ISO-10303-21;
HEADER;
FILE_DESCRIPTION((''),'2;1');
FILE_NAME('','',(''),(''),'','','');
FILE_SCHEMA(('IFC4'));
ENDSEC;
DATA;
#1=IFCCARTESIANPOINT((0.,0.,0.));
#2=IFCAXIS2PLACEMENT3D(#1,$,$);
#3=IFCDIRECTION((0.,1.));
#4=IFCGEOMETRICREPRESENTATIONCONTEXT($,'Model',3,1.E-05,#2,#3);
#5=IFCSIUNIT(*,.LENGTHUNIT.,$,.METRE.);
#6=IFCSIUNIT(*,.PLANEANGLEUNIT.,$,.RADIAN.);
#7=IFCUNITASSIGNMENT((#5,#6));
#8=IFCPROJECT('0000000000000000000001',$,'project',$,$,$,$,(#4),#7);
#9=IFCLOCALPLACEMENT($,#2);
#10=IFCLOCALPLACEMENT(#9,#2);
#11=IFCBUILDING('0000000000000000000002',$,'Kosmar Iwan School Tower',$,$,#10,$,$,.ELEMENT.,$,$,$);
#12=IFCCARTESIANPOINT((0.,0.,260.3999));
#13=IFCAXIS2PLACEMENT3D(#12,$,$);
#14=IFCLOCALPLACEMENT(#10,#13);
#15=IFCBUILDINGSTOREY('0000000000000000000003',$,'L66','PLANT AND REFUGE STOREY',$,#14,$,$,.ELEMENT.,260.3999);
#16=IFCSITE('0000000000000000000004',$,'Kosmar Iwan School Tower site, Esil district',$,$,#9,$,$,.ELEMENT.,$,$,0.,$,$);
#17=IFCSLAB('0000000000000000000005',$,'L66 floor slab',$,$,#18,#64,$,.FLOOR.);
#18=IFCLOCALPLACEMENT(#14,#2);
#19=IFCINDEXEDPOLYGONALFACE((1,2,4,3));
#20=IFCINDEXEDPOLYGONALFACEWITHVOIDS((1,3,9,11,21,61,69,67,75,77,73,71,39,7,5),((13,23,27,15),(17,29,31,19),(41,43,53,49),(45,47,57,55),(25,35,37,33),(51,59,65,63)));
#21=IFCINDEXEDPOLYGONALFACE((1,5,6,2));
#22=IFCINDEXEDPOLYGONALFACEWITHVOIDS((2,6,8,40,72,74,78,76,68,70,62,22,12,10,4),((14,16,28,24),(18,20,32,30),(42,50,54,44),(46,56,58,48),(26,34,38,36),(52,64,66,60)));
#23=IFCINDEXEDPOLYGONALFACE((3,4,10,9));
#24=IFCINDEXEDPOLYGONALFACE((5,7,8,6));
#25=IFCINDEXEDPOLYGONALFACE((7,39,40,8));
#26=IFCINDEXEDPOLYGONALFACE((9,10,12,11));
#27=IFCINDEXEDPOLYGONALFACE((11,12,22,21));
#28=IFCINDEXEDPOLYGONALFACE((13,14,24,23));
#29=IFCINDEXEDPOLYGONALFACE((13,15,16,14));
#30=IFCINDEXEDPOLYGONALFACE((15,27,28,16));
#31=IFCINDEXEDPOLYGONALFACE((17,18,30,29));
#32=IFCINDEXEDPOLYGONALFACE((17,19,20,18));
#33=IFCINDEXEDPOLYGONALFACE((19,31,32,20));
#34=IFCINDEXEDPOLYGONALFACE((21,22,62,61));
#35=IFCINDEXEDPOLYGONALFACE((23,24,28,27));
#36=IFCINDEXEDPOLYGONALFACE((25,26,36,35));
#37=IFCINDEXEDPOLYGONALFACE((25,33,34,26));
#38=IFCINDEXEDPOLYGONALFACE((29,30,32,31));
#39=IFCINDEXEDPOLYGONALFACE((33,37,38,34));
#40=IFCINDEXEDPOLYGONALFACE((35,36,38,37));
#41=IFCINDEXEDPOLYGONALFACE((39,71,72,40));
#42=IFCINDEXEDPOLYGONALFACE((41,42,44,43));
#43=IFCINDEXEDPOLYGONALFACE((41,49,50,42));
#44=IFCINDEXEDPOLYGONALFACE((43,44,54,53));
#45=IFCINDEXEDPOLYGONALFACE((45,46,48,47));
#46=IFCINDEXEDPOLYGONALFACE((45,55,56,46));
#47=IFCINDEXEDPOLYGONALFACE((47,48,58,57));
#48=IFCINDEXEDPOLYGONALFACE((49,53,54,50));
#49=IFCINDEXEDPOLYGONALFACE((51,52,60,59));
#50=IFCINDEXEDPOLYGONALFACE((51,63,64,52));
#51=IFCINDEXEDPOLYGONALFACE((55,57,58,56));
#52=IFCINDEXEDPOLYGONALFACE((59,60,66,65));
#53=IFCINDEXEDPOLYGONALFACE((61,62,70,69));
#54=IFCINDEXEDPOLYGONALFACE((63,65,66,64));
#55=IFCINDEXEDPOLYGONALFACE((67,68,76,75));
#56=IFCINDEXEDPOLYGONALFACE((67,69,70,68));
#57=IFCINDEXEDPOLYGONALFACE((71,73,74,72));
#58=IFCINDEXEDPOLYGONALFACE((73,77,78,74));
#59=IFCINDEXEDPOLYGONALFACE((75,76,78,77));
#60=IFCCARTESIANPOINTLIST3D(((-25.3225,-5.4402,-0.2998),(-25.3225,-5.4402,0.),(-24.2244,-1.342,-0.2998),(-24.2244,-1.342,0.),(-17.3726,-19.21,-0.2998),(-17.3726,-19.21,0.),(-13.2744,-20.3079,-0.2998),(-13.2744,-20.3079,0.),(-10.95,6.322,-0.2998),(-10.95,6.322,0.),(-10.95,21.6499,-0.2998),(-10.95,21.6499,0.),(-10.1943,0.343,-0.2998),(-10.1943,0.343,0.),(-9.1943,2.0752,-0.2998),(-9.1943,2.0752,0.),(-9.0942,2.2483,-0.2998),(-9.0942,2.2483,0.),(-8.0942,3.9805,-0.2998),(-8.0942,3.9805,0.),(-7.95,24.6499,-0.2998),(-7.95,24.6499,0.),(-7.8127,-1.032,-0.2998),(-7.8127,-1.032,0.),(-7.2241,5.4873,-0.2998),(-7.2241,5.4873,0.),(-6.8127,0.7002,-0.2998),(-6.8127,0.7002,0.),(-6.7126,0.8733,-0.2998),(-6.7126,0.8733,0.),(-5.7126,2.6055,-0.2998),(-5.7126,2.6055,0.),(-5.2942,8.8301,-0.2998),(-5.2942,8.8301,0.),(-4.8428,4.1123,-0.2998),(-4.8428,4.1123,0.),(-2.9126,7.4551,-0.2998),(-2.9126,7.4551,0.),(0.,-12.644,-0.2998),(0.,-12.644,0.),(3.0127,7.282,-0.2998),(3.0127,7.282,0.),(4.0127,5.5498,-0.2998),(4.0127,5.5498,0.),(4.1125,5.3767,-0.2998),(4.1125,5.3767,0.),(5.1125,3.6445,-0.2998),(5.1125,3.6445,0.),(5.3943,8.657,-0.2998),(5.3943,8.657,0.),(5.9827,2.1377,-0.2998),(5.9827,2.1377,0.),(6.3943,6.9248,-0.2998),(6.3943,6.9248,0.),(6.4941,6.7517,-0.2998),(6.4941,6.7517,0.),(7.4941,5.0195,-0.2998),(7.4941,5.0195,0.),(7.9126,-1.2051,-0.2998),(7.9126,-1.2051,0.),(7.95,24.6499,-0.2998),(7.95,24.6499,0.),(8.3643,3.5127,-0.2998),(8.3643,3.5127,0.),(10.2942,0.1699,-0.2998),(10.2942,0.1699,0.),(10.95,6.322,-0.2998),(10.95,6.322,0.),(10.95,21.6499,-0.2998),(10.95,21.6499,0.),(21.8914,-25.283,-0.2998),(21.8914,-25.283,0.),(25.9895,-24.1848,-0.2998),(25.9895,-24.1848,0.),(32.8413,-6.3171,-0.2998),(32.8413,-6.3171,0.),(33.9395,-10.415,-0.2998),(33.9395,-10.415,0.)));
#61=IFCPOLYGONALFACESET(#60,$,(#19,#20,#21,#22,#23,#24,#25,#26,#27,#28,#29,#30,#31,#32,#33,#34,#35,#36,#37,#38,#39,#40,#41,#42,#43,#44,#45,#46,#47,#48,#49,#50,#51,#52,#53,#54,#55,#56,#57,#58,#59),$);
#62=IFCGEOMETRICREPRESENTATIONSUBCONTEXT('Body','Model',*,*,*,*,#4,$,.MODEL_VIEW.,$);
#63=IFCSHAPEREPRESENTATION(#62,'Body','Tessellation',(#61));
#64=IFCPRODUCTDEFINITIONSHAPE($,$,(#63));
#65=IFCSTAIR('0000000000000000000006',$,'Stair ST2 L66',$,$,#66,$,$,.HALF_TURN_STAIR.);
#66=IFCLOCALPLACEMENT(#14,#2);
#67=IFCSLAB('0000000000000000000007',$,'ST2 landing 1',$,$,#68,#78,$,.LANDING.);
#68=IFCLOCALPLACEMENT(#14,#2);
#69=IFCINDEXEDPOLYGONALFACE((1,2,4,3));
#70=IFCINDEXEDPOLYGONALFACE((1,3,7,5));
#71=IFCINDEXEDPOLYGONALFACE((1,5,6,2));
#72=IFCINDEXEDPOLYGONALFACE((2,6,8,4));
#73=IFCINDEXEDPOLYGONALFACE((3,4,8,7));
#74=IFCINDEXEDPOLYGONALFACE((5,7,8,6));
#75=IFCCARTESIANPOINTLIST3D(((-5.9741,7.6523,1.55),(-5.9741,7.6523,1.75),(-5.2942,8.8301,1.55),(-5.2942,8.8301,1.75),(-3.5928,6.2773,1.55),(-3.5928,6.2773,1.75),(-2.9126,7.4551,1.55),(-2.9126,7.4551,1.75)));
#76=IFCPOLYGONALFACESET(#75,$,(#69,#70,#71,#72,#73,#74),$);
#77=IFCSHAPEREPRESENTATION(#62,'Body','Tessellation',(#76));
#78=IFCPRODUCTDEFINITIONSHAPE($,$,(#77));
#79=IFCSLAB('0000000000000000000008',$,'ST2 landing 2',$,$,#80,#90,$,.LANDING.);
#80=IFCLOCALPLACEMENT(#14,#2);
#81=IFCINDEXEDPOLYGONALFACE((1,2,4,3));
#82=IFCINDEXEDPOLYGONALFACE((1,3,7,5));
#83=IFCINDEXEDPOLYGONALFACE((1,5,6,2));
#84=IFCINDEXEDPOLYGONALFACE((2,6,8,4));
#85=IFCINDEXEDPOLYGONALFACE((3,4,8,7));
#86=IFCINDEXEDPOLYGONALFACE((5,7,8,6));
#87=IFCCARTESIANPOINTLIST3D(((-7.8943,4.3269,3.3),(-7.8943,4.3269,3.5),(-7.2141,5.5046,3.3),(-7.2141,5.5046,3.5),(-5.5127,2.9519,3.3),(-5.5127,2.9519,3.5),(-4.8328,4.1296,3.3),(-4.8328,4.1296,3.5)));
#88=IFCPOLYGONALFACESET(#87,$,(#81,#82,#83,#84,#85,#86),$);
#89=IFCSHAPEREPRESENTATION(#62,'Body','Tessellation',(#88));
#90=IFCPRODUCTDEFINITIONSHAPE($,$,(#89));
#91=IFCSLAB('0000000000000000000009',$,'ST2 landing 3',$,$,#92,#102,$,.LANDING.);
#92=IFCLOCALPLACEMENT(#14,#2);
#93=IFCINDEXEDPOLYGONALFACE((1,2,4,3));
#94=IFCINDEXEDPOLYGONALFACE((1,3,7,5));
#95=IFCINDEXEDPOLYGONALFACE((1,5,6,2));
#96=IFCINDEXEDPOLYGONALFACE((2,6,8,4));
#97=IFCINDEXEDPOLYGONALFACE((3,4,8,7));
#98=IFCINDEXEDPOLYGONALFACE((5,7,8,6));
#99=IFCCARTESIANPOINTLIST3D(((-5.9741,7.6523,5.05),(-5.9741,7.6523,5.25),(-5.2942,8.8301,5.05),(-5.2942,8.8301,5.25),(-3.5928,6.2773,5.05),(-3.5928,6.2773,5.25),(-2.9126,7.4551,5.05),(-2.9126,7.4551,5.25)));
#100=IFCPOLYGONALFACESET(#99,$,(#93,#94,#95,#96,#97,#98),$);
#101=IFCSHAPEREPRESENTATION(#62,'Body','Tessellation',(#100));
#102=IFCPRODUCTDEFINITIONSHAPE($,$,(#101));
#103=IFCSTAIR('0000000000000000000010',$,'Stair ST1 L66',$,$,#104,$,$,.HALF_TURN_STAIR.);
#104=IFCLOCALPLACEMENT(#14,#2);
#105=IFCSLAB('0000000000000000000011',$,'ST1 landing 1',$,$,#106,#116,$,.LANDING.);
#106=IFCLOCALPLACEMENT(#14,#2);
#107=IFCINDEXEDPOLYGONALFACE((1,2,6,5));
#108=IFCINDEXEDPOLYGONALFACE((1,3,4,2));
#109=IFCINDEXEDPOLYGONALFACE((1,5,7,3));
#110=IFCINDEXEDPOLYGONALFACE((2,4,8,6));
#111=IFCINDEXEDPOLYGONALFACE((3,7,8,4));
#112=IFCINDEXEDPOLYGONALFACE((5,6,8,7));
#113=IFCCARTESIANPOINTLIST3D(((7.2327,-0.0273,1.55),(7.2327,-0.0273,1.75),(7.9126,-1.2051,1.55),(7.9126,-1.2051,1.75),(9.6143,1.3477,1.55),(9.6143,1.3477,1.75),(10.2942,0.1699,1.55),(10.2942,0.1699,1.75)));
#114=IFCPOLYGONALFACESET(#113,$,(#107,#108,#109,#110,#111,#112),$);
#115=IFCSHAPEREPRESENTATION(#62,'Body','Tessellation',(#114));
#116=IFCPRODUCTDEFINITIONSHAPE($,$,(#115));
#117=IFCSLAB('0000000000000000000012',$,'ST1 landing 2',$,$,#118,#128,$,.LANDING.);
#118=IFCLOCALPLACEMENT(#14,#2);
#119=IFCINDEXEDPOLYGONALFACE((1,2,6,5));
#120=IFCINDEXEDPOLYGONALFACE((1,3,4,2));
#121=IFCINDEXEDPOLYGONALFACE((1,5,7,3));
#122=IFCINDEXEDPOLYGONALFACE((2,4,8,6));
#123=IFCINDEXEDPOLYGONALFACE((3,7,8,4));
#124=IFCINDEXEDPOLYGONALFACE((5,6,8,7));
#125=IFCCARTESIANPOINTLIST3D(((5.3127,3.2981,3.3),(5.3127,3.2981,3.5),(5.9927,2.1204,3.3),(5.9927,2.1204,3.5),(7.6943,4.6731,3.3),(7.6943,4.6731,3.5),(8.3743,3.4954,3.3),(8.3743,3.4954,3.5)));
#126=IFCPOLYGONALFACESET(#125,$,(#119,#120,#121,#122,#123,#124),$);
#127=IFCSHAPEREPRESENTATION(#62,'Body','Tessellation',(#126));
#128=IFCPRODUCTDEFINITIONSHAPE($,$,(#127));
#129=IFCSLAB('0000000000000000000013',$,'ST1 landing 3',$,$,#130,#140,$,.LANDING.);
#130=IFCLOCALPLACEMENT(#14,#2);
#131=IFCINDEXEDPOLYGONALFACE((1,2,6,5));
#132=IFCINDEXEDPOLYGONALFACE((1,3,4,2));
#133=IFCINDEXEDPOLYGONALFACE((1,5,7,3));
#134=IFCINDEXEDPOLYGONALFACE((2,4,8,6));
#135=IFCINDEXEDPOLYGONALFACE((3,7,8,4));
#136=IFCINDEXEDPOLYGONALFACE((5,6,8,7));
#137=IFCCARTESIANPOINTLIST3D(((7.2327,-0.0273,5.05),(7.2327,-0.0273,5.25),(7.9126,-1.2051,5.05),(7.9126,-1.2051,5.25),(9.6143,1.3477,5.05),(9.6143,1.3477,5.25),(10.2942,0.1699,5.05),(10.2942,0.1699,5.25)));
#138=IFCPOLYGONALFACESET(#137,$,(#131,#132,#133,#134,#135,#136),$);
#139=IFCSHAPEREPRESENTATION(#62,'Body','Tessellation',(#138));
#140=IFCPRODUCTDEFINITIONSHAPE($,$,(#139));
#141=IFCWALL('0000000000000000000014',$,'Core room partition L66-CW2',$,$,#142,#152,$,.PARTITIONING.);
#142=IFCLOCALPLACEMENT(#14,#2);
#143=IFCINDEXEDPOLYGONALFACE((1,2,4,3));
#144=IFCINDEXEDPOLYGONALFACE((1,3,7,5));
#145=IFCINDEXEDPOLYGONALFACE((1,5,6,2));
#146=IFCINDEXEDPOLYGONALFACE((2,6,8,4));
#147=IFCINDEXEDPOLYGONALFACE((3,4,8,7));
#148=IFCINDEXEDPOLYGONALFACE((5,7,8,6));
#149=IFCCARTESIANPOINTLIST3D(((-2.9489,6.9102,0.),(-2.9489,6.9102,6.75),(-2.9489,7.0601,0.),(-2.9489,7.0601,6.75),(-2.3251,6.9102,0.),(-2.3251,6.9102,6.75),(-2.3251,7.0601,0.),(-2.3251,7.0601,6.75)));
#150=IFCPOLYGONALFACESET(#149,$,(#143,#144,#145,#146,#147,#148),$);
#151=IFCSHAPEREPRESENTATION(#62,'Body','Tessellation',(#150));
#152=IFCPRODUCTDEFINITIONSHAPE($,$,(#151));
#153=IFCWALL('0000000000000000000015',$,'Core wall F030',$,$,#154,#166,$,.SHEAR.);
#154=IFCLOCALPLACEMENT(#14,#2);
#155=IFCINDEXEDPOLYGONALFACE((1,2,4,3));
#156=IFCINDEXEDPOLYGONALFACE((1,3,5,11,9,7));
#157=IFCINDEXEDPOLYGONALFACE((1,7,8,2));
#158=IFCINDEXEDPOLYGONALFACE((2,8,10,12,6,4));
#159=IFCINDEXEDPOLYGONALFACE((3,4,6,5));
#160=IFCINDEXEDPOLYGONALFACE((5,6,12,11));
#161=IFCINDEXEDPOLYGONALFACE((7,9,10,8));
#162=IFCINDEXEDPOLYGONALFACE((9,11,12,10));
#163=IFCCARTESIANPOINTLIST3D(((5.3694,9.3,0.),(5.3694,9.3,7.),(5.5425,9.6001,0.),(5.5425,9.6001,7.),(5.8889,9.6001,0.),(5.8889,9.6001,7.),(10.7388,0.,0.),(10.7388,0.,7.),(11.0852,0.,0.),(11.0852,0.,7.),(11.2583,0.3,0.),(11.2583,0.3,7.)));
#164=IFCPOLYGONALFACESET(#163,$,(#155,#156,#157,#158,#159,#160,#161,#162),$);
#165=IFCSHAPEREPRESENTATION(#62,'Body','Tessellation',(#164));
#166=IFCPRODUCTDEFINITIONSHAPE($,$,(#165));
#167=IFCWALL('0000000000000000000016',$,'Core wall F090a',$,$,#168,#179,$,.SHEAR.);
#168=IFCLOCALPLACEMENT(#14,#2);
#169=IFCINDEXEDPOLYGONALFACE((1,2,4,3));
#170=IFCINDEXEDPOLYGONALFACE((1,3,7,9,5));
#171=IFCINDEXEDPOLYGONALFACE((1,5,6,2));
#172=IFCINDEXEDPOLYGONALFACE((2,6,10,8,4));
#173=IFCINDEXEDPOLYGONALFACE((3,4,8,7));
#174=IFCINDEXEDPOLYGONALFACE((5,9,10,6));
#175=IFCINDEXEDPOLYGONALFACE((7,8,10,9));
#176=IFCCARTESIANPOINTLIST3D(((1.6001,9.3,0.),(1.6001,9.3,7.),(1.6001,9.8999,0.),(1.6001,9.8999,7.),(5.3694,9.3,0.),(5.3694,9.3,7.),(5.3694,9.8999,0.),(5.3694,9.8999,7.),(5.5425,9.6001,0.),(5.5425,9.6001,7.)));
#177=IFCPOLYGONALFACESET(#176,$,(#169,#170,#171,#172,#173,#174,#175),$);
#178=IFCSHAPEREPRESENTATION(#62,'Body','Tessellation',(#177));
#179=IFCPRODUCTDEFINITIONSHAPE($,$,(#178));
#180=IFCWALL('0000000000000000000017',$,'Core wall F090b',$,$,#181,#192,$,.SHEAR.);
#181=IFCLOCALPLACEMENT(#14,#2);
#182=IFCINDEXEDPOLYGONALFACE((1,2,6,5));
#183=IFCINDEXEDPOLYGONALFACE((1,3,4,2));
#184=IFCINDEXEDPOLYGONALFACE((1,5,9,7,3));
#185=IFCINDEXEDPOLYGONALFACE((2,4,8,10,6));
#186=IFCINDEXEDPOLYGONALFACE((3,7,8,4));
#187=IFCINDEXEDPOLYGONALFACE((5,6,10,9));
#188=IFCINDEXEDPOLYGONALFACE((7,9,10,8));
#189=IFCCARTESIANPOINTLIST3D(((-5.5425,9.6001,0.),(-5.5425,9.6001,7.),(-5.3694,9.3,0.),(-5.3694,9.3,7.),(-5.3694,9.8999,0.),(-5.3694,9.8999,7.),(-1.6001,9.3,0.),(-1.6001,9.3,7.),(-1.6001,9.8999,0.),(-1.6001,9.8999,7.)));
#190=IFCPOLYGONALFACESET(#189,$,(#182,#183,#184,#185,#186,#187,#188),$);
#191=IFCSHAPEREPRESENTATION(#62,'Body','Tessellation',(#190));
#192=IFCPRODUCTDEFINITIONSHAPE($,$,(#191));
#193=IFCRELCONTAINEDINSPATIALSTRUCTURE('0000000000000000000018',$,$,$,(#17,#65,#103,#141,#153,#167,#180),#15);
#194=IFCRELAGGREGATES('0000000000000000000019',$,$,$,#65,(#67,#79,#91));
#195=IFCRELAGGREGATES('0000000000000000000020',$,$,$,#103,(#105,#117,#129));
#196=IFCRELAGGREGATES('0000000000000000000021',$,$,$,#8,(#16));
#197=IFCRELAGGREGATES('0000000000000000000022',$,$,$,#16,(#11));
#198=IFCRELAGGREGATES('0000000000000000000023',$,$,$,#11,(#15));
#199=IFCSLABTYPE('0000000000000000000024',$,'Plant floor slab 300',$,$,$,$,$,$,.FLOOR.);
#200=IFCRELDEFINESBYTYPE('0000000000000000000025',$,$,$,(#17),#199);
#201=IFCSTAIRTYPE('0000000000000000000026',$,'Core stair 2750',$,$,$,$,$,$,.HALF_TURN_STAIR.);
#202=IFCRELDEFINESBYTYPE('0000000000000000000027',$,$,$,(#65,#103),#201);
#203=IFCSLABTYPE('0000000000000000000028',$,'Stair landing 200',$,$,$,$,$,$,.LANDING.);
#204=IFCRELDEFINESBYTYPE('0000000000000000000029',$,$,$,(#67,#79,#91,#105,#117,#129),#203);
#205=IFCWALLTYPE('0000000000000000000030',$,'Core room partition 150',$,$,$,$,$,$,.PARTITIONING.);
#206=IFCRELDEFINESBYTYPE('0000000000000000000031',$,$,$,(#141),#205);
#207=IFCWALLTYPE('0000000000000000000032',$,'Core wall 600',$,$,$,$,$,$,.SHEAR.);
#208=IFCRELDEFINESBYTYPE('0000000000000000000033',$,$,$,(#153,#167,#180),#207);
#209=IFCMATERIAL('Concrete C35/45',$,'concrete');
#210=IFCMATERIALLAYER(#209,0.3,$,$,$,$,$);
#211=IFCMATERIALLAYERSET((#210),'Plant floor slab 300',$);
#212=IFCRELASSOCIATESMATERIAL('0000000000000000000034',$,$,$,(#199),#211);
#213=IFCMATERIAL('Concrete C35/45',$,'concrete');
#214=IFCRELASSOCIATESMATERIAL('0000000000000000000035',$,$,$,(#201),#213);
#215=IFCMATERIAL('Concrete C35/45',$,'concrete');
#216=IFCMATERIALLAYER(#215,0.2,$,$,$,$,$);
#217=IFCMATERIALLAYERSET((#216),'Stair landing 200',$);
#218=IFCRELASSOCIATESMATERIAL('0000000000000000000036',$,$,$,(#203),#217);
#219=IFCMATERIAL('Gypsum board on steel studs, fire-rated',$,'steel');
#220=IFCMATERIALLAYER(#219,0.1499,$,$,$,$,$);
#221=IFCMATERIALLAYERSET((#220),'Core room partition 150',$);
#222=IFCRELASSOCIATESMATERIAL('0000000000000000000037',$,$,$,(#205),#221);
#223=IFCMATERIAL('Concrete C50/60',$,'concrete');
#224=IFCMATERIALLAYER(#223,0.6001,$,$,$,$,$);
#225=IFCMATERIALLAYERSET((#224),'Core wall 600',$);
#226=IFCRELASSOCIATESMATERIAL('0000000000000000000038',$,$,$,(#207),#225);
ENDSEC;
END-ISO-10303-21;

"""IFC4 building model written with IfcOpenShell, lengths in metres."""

from ifc_helpers import new_model, si_unit, direction, frame, frame_2d, origin, place, context, subcontext, project, spatial, polyline, rectangle, outline, extrude, material, layer, layer_set, type_object, element, aggregate, save


model = new_model("IFC4")

# Units and contexts
model_context = context("Model", 3, precision=1e-05, world=origin(), true_north=direction((0.0, 1.0)))
body_context = subcontext(model_context, "Body", "Model", "MODEL_VIEW")
ifc_project = project(units=[si_unit("LENGTHUNIT", "METRE"), si_unit("PLANEANGLEUNIT", "RADIAN")], contexts=[model_context])

# Site, building, storey
site_placement = place(None, origin())
site = spatial("IfcSite", under=ifc_project, at=site_placement, Name="Kosmar Iwan School Tower site, Esil district", CompositionType="ELEMENT", RefElevation=0.0)
building_placement = place(site_placement, origin())
building = spatial("IfcBuilding", under=site, at=building_placement, Name="Kosmar Iwan School Tower", CompositionType="ELEMENT")
storey_placement = place(building_placement, frame((0.0, 0.0, 260.3999)))
storey = spatial("IfcBuildingStorey", under=building, at=storey_placement, Name="L66", Description="PLANT AND REFUGE STOREY", CompositionType="ELEMENT", Elevation=260.3999)

# Slab
ifc_material_1 = material(Name="Concrete C35/45", Category="concrete")
ifc_layer_1 = layer(ifc_material_1, 0.3)
ifc_layer_set_1 = layer_set([ifc_layer_1], Name="Plant floor slab 300")
slab_type_1 = type_object("IfcSlabType", Name="Plant floor slab 300", PredefinedType="FLOOR", material=ifc_layer_set_1)
slab_1_placement = place(storey_placement, frame((0.0, 0.0, -0.2998)))
element("IfcSlab", 1, at=slab_1_placement, inside=storey, type_object=slab_type_1, Name="L66 floor slab", PredefinedType="FLOOR", context=body_context, shape_type="SweptSolid", body=[
    extrude(outline(polyline([(21.8914, -25.283), (25.9895, -24.1848), (33.9395, -10.415), (32.8413, -6.3171), (10.95, 6.322), (10.95, 21.6499), (7.95, 24.6499), (-7.95, 24.6499), (-10.95, 21.6499), (-10.95, 6.322), (-24.2244, -1.342), (-25.3225, -5.4402), (-17.3726, -19.21), (-13.2744, -20.3079), (0.0, -12.644), (21.8914, -25.283)]), holes=[polyline([(7.9126, -1.2051), (10.2942, 0.1699), (8.3643, 3.5127), (5.9827, 2.1377), (7.9126, -1.2051)]), polyline([(-2.9126, 7.4551), (-5.2942, 8.8301), (-7.2241, 5.4873), (-4.8428, 4.1123), (-2.9126, 7.4551)]), polyline([(-5.7126, 2.6055), (-8.0942, 3.9805), (-9.0942, 2.2483), (-6.7126, 0.8733), (-5.7126, 2.6055)]), polyline([(-6.8127, 0.7002), (-9.1943, 2.0752), (-10.1943, 0.343), (-7.8127, -1.032), (-6.8127, 0.7002)]), polyline([(5.1125, 3.6445), (7.4941, 5.0195), (6.4941, 6.7517), (4.1125, 5.3767), (5.1125, 3.6445)]), polyline([(4.0127, 5.5498), (6.3943, 6.9248), (5.3943, 8.657), (3.0127, 7.282), (4.0127, 5.5498)])]), origin(), (0.0, 0.0, 1.0), 0.2998),
])

# Stairs, slabs
ifc_material_2 = material(Name="Concrete C35/45", Category="concrete")
stair_type = type_object("IfcStairType", Name="Core stair 2750", PredefinedType="HALF_TURN_STAIR", material=ifc_material_2)
stair_1_placement = place(storey_placement, origin())
stair_1 = element("IfcStair", 2, at=stair_1_placement, inside=storey, type_object=stair_type, Name="Stair ST2 L66", PredefinedType="HALF_TURN_STAIR")
ifc_material_3 = material(Name="Concrete C35/45", Category="concrete")
ifc_layer_2 = layer(ifc_material_3, 0.2)
ifc_layer_set_2 = layer_set([ifc_layer_2], Name="Stair landing 200")
slab_type_2 = type_object("IfcSlabType", Name="Stair landing 200", PredefinedType="LANDING", material=ifc_layer_set_2)
slab_2_placement = place(storey_placement, frame((0.0, 0.0, 1.55)))
slab_2 = element("IfcSlab", 3, at=slab_2_placement, type_object=slab_type_2, Name="ST2 landing 1", PredefinedType="LANDING", context=body_context, shape_type="SweptSolid", body=[
    extrude(outline(polyline([(-2.9126, 7.4551), (-5.2942, 8.8301), (-5.9741, 7.6523), (-3.5928, 6.2773), (-2.9126, 7.4551)])), origin(), (0.0, 0.0, 1.0), 0.2),
])
slab_3_placement = place(storey_placement, frame((0.0, 0.0, 3.3)))
slab_3 = element("IfcSlab", 4, at=slab_3_placement, type_object=slab_type_2, Name="ST2 landing 2", PredefinedType="LANDING", context=body_context, shape_type="SweptSolid", body=[
    extrude(outline(polyline([(-4.8328, 4.1296), (-7.2141, 5.5046), (-7.8943, 4.3269), (-5.5127, 2.9519), (-4.8328, 4.1296)])), origin(), (0.0, 0.0, 1.0), 0.2),
])
slab_4_placement = place(storey_placement, frame((0.0, 0.0, 5.05)))
slab_4 = element("IfcSlab", 5, at=slab_4_placement, type_object=slab_type_2, Name="ST2 landing 3", PredefinedType="LANDING", context=body_context, shape_type="SweptSolid", body=[
    extrude(outline(polyline([(-2.9126, 7.4551), (-5.2942, 8.8301), (-5.9741, 7.6523), (-3.5928, 6.2773), (-2.9126, 7.4551)])), origin(), (0.0, 0.0, 1.0), 0.2),
])
aggregate(stair_1, [slab_2, slab_3, slab_4])
stair_2_placement = place(storey_placement, origin())
stair_2 = element("IfcStair", 6, at=stair_2_placement, inside=storey, type_object=stair_type, Name="Stair ST1 L66", PredefinedType="HALF_TURN_STAIR")
slab_5_placement = place(storey_placement, frame((0.0, 0.0, 1.55)))
slab_5 = element("IfcSlab", 7, at=slab_5_placement, type_object=slab_type_2, Name="ST1 landing 1", PredefinedType="LANDING", context=body_context, shape_type="SweptSolid", body=[
    extrude(outline(polyline([(7.9126, -1.2051), (10.2942, 0.1699), (9.6143, 1.3477), (7.2327, -0.0273), (7.9126, -1.2051)])), origin(), (0.0, 0.0, 1.0), 0.2),
])
slab_6_placement = place(storey_placement, frame((0.0, 0.0, 3.3)))
slab_6 = element("IfcSlab", 8, at=slab_6_placement, type_object=slab_type_2, Name="ST1 landing 2", PredefinedType="LANDING", context=body_context, shape_type="SweptSolid", body=[
    extrude(outline(polyline([(5.9927, 2.1204), (8.3743, 3.4954), (7.6943, 4.6731), (5.3127, 3.2981), (5.9927, 2.1204)])), origin(), (0.0, 0.0, 1.0), 0.2),
])
slab_7_placement = place(storey_placement, frame((0.0, 0.0, 5.05)))
slab_7 = element("IfcSlab", 9, at=slab_7_placement, type_object=slab_type_2, Name="ST1 landing 3", PredefinedType="LANDING", context=body_context, shape_type="SweptSolid", body=[
    extrude(outline(polyline([(7.9126, -1.2051), (10.2942, 0.1699), (9.6143, 1.3477), (7.2327, -0.0273), (7.9126, -1.2051)])), origin(), (0.0, 0.0, 1.0), 0.2),
])
aggregate(stair_2, [slab_5, slab_6, slab_7])

# Walls
ifc_material_4 = material(Name="Gypsum board on steel studs, fire-rated", Category="steel")
ifc_layer_3 = layer(ifc_material_4, 0.1499)
ifc_layer_set_3 = layer_set([ifc_layer_3], Name="Core room partition 150")
wall_type_1 = type_object("IfcWallType", Name="Core room partition 150", PredefinedType="PARTITIONING", material=ifc_layer_set_3)
wall_1_placement = place(storey_placement, frame((-2.325, 6.9851, 0.0), z_axis=(0.0, 0.0, 1.0), x_axis=(-1.0, 0.0, 0.0)))
element("IfcWall", 10, at=wall_1_placement, inside=storey, type_object=wall_type_1, Name="Core room partition L66-CW2", PredefinedType="PARTITIONING", context=body_context, shape_type="SweptSolid", body=[
    extrude(rectangle(XDim=0.6238, YDim=0.1499, at=frame_2d((0.312, 0.0))), origin(), (0.0, 0.0, 1.0), 6.75),
])
ifc_material_5 = material(Name="Concrete C50/60", Category="concrete")
ifc_layer_4 = layer(ifc_material_5, 0.6001)
ifc_layer_set_4 = layer_set([ifc_layer_4], Name="Core wall 600")
wall_type_2 = type_object("IfcWallType", Name="Core wall 600", PredefinedType="SHEAR", material=ifc_layer_set_4)
wall_2_placement = place(storey_placement, origin())
element("IfcWall", 11, at=wall_2_placement, inside=storey, type_object=wall_type_2, Name="Core wall F030", PredefinedType="SHEAR", context=body_context, shape_type="SweptSolid", body=[
    extrude(outline(polyline([(10.7388, 0.0), (11.0852, 0.0), (11.2583, 0.3), (5.8889, 9.6001), (5.5425, 9.6001), (5.3694, 9.3), (10.7388, 0.0)])), origin(), (0.0, 0.0, 1.0), 7.0),
])
wall_3_placement = place(storey_placement, origin())
element("IfcWall", 12, at=wall_3_placement, inside=storey, type_object=wall_type_2, Name="Core wall F090a", PredefinedType="SHEAR", context=body_context, shape_type="SweptSolid", body=[
    extrude(outline(polyline([(1.6001, 9.3), (5.3694, 9.3), (5.5425, 9.6001), (5.3694, 9.8999), (1.6001, 9.8999), (1.6001, 9.3)])), origin(), (0.0, 0.0, 1.0), 7.0),
])
wall_4_placement = place(storey_placement, origin())
element("IfcWall", 13, at=wall_4_placement, inside=storey, type_object=wall_type_2, Name="Core wall F090b", PredefinedType="SHEAR", context=body_context, shape_type="SweptSolid", body=[
    extrude(outline(polyline([(-5.3694, 9.3), (-1.6001, 9.3), (-1.6001, 9.8999), (-5.3694, 9.8999), (-5.5425, 9.6001), (-5.3694, 9.3)])), origin(), (0.0, 0.0, 1.0), 7.0),
])

save(model, "model.ifc")
